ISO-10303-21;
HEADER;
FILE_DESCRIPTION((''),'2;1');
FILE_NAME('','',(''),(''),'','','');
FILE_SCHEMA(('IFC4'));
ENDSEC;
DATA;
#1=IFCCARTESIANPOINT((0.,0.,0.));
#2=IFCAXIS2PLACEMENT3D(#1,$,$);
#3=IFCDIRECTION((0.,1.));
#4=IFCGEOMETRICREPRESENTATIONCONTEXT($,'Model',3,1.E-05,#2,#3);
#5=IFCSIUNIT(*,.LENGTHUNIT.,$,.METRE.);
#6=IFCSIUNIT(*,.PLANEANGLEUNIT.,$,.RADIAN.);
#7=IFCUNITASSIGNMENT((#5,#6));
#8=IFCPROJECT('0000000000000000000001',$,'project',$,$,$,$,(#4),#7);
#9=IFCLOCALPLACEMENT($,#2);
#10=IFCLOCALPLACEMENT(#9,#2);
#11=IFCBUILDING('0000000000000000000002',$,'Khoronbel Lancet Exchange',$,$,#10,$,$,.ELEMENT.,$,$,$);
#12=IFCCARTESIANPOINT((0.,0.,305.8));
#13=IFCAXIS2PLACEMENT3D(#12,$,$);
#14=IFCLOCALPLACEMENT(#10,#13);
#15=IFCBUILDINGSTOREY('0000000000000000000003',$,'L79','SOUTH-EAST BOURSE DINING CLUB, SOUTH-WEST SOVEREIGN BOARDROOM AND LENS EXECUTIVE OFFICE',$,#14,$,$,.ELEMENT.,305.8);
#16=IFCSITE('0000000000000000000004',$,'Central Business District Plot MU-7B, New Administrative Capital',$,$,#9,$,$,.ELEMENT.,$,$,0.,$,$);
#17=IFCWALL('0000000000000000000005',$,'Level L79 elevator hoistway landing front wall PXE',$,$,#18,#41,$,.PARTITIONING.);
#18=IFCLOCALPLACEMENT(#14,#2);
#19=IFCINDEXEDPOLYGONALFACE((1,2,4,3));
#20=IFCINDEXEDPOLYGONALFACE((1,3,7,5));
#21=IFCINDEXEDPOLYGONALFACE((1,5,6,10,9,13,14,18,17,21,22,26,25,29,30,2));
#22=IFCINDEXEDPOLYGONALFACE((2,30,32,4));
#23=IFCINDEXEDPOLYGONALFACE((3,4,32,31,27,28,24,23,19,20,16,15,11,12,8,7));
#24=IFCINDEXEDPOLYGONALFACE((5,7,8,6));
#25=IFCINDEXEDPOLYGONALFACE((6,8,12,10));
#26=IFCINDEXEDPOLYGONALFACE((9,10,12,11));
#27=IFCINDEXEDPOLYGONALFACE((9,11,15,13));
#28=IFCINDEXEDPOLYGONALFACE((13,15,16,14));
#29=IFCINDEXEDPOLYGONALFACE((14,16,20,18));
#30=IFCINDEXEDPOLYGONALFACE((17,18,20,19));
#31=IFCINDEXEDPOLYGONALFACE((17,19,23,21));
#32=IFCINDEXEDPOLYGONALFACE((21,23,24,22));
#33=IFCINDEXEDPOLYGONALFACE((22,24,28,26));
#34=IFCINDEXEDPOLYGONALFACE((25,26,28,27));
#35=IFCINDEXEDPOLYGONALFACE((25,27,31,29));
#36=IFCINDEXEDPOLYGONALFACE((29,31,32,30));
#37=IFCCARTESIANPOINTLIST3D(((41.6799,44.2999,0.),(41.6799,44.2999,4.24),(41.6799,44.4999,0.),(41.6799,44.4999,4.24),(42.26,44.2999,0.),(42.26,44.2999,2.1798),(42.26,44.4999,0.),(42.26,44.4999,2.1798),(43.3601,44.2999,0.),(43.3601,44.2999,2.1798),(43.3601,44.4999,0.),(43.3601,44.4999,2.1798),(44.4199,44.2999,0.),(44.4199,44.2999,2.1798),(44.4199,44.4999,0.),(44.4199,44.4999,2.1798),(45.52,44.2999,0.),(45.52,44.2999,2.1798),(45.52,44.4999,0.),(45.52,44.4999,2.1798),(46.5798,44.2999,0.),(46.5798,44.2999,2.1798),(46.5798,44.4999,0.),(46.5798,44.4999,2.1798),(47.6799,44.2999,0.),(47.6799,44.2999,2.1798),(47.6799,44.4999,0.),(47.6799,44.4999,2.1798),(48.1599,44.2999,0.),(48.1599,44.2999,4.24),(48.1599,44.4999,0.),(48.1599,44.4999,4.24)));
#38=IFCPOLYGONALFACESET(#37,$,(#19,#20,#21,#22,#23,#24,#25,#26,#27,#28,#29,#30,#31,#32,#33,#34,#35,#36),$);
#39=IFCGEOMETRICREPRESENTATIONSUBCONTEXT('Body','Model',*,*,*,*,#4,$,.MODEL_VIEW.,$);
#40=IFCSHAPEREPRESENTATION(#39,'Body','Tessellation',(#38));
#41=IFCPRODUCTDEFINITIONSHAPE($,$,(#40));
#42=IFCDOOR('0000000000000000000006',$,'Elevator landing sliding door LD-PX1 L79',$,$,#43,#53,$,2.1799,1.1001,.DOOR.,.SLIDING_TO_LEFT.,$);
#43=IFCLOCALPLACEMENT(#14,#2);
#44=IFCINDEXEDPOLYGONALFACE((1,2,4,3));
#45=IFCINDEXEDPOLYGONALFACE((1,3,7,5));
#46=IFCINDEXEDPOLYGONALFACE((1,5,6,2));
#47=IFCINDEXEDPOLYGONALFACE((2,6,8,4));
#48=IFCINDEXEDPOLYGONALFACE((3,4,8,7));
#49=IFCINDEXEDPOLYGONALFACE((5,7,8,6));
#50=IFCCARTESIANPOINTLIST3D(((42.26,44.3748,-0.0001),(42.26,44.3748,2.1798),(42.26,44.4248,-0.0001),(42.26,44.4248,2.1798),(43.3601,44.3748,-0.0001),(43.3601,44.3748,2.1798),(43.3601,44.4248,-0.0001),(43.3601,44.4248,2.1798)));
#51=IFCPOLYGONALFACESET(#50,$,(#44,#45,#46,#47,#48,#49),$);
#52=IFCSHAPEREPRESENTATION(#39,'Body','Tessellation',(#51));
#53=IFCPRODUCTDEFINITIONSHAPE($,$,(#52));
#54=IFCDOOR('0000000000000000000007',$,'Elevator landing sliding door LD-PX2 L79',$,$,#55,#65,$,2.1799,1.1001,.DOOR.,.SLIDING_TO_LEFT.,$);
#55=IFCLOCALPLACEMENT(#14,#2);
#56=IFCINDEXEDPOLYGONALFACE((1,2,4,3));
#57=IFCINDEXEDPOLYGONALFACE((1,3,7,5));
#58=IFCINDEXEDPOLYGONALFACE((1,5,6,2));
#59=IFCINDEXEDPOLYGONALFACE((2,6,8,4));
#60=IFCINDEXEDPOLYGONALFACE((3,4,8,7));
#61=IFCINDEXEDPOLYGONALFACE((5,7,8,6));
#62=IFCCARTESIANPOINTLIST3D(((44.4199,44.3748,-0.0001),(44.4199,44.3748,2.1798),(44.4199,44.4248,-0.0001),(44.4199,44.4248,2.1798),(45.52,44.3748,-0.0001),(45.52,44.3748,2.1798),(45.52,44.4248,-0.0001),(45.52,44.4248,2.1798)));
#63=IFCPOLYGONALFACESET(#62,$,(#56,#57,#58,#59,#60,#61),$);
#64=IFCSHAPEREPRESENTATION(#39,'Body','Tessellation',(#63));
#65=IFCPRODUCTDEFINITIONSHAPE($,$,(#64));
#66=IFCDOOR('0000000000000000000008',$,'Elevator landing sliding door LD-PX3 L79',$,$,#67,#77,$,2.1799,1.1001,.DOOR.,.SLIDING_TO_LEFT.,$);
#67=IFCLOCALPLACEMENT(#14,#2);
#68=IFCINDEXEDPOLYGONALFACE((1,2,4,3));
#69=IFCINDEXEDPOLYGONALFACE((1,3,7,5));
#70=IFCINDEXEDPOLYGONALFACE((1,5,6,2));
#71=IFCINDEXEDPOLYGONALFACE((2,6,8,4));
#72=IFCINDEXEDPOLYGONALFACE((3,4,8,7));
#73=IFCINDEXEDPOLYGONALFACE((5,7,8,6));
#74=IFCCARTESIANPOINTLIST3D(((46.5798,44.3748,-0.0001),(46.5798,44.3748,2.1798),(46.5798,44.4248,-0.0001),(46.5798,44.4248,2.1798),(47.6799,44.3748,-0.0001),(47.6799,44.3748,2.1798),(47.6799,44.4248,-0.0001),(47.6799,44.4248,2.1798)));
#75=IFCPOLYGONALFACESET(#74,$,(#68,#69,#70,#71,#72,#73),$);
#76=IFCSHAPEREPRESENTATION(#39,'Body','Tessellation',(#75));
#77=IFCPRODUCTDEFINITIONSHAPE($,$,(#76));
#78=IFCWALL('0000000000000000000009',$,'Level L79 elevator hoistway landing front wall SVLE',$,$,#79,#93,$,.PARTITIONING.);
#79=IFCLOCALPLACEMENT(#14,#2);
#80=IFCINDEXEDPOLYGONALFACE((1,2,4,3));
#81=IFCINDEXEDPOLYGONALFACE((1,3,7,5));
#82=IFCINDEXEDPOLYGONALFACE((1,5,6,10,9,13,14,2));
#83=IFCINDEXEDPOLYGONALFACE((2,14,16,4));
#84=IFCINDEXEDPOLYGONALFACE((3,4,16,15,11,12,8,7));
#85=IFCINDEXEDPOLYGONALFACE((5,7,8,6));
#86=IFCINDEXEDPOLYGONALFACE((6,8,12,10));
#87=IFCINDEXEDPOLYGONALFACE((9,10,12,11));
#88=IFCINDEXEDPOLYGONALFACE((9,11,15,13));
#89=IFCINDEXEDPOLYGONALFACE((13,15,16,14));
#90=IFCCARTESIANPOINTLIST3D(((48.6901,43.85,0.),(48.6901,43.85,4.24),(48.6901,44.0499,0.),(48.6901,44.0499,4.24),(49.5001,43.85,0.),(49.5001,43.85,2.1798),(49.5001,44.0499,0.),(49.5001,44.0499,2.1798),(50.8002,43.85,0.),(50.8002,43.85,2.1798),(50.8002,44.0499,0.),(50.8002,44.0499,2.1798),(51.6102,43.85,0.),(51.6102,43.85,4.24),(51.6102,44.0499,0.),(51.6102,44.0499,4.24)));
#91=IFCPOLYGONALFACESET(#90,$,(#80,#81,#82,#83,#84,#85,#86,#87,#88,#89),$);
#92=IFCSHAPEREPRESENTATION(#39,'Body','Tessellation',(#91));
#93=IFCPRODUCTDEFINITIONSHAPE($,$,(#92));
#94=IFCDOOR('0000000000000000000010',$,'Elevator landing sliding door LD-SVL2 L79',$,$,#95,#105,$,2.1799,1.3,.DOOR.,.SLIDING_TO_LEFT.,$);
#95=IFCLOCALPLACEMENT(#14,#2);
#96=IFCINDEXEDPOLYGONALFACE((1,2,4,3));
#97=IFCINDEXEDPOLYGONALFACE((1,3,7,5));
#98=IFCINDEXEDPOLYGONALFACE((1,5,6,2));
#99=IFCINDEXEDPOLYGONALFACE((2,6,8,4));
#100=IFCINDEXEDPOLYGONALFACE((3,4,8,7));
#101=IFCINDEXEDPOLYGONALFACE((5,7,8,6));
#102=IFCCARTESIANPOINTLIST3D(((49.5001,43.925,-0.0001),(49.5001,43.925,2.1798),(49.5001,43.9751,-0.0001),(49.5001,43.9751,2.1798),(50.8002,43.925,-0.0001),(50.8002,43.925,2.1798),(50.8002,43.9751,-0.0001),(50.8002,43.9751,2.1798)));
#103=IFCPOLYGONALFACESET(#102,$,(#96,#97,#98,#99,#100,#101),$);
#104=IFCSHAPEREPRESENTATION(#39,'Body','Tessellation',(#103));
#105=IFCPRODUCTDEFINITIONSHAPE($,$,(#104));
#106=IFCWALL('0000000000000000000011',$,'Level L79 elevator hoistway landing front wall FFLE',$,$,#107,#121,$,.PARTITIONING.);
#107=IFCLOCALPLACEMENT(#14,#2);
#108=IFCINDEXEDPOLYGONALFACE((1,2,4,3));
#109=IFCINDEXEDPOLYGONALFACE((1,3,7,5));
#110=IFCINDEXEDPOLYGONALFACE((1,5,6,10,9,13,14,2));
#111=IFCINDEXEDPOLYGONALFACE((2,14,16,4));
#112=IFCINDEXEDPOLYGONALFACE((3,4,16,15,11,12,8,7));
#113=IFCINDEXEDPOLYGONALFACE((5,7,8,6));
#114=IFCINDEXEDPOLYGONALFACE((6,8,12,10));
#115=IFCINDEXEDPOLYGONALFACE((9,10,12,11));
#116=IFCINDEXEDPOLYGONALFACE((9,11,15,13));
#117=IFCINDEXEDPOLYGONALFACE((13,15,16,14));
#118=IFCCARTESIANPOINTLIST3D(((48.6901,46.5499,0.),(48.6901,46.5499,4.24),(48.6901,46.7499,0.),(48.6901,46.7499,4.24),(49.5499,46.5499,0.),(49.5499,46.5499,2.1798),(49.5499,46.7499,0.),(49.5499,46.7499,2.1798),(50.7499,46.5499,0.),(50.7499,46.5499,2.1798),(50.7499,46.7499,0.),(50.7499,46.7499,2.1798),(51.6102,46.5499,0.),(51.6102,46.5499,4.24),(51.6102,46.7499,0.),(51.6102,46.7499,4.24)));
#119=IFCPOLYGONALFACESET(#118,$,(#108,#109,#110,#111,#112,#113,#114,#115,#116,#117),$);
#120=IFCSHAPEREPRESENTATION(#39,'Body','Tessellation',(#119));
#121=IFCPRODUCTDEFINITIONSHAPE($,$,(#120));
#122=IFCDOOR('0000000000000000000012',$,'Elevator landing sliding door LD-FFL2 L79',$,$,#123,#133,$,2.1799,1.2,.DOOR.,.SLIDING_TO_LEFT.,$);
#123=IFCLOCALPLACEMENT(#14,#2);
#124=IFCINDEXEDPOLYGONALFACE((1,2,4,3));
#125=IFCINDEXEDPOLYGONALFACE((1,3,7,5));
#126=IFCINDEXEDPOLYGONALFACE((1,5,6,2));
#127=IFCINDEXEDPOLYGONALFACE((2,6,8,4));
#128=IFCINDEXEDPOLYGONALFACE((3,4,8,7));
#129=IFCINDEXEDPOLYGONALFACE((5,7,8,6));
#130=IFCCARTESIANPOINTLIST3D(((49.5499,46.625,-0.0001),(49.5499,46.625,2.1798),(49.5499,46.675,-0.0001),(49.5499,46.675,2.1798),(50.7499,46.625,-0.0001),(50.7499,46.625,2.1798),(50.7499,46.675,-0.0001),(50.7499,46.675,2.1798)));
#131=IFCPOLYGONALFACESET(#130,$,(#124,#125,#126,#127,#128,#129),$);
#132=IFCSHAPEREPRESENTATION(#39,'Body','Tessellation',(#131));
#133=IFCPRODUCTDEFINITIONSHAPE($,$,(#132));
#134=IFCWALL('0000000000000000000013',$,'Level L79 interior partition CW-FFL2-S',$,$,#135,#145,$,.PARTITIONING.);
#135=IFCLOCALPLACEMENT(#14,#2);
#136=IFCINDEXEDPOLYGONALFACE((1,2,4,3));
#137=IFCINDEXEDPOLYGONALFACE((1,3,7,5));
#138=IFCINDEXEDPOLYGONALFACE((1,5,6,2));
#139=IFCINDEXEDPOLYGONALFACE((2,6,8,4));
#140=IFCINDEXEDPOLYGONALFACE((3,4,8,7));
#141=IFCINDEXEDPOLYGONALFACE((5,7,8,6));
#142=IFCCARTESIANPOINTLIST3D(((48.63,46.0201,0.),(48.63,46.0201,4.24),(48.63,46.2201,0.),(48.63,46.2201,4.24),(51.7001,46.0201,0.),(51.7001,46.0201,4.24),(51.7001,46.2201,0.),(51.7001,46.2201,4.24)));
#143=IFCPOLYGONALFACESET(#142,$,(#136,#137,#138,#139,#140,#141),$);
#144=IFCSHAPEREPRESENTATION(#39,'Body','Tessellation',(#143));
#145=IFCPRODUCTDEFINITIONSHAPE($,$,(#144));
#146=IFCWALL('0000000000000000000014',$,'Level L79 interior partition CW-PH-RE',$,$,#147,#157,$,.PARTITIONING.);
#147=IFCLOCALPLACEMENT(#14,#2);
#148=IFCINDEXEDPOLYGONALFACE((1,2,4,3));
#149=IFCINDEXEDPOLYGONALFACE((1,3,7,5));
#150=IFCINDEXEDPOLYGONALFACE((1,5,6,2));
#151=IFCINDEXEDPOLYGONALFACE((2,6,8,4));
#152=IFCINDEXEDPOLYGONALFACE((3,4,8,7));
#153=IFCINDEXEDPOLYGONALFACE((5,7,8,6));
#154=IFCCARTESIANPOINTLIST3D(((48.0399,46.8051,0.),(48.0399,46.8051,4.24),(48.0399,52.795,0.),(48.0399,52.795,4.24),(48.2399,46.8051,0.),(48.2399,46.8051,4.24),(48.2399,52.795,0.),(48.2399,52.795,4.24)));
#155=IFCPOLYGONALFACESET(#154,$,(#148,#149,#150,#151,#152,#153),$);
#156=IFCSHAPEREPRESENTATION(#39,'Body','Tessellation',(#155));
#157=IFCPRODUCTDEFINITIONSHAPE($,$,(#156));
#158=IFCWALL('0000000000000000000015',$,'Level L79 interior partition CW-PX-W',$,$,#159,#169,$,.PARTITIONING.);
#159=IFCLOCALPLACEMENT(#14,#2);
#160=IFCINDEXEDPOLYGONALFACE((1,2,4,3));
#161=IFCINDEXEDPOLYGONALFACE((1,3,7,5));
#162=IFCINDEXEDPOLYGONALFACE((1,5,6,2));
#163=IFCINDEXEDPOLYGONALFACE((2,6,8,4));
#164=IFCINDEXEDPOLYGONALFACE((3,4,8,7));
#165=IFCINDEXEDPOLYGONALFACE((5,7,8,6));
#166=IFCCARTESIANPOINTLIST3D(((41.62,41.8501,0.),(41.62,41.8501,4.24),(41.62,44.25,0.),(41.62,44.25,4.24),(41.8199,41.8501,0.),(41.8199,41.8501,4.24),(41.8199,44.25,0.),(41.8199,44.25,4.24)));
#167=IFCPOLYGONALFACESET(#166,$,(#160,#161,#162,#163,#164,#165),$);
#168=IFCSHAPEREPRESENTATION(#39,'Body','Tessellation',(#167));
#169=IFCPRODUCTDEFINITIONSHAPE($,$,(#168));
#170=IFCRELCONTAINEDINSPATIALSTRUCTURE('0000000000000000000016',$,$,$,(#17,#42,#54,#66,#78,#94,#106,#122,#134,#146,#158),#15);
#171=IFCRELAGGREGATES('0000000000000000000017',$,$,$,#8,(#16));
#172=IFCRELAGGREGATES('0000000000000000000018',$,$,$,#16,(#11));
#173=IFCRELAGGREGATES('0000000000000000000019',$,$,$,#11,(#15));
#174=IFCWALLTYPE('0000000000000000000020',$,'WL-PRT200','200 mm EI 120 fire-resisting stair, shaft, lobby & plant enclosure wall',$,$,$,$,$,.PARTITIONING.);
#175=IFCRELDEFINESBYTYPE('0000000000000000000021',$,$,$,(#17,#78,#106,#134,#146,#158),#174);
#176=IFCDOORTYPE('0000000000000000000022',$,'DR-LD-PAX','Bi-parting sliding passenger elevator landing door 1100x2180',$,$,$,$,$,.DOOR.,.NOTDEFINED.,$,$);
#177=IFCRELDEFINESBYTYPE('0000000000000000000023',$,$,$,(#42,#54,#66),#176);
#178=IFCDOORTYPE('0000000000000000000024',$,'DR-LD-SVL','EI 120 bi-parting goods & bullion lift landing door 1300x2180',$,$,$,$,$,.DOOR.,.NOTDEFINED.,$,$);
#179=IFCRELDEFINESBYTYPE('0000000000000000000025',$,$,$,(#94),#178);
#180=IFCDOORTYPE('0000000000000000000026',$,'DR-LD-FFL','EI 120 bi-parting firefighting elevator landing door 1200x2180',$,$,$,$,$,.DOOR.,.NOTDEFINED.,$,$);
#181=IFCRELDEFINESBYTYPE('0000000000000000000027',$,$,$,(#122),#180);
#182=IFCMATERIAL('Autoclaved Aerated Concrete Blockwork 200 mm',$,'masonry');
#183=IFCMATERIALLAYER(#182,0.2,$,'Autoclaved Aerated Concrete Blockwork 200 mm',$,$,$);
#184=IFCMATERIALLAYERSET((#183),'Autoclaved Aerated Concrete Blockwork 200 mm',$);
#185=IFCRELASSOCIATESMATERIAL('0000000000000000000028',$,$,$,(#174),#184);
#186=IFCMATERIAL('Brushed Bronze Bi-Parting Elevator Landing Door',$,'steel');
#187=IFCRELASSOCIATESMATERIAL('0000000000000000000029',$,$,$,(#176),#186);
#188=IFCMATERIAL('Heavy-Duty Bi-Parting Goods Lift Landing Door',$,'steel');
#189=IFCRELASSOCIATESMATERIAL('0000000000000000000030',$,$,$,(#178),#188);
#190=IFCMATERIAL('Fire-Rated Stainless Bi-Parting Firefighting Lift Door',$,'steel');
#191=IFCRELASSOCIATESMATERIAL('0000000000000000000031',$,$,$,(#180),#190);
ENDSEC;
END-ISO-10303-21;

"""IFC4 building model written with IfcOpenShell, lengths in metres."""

from ifc_helpers import new_model, si_unit, direction, frame, frame_2d, origin, place, context, subcontext, project, spatial, rectangle, extrude, material, layer, layer_set, type_object, element, fill, save


model = new_model("IFC4")

# Units and contexts
model_context = context("Model", 3, precision=1e-05, world=origin(), true_north=direction((0.0, 1.0)))
body_context = subcontext(model_context, "Body", "Model", "MODEL_VIEW")
ifc_project = project(units=[si_unit("LENGTHUNIT", "METRE"), si_unit("PLANEANGLEUNIT", "RADIAN")], contexts=[model_context])

# Site, building, storey
site_placement = place(None, origin())
site = spatial("IfcSite", under=ifc_project, at=site_placement, Name="Central Business District Plot MU-7B, New Administrative Capital", CompositionType="ELEMENT", RefElevation=0.0)
building_placement = place(site_placement, origin())
building = spatial("IfcBuilding", under=site, at=building_placement, Name="Khoronbel Lancet Exchange", CompositionType="ELEMENT")
storey_placement = place(building_placement, frame((0.0, 0.0, 305.8)))
storey = spatial("IfcBuildingStorey", under=building, at=storey_placement, Name="L79", Description="SOUTH-EAST BOURSE DINING CLUB, SOUTH-WEST SOVEREIGN BOARDROOM AND LENS EXECUTIVE OFFICE", CompositionType="ELEMENT", Elevation=305.8)

# Wall, openings, doors
ifc_material_1 = material(Name="Autoclaved Aerated Concrete Blockwork 200 mm", Category="masonry")
ifc_layer_1 = layer(ifc_material_1, 0.2, Name="Autoclaved Aerated Concrete Blockwork 200 mm")
ifc_layer_set_1 = layer_set([ifc_layer_1], Name="Autoclaved Aerated Concrete Blockwork 200 mm")
wall_type_1 = type_object("IfcWallType", Name="WL-PRT200", Description="200 mm EI 120 fire-resisting stair, shaft, lobby & plant enclosure wall", PredefinedType="PARTITIONING", material=ifc_layer_set_1)
wall_1_placement = place(storey_placement, frame((41.6799, 44.3999, 0.0), z_axis=(0.0, 0.0, 1.0), x_axis=(1.0, 0.0, 0.0)))
wall_1 = element("IfcWall", 1, at=wall_1_placement, inside=storey, type_object=wall_type_1, Name="Level L79 elevator hoistway landing front wall PXE", PredefinedType="PARTITIONING", context=body_context, shape_type="SweptSolid", body=[
    extrude(rectangle(XDim=6.48, YDim=0.2, at=frame_2d((3.24, 0.0))), origin(), (0.0, 0.0, 1.0), 4.24),
])
opening_1_placement = place(wall_1_placement, frame((0.5801, 0.0, 0.0)))
opening_1 = element("IfcOpeningElement", 2, at=opening_1_placement, cuts=wall_1, PredefinedType="OPENING", context=body_context, shape_type="SweptSolid", body=[
    extrude(rectangle(XDim=1.1001, YDim=2.1799, at=frame_2d((0.55, 1.0898))), frame((0.0, 0.1099, 0.0), z_axis=(0.0, -1.0, 0.0), x_axis=(1.0, 0.0, 0.0)), (0.0, 0.0, 1.0), 0.22),
])
opening_2_placement = place(wall_1_placement, frame((2.74, 0.0, 0.0)))
opening_2 = element("IfcOpeningElement", 3, at=opening_2_placement, cuts=wall_1, PredefinedType="OPENING", context=body_context, shape_type="SweptSolid", body=[
    extrude(rectangle(XDim=1.1001, YDim=2.1799, at=frame_2d((0.55, 1.0898))), frame((0.0, 0.1099, 0.0), z_axis=(0.0, -1.0, 0.0), x_axis=(1.0, 0.0, 0.0)), (0.0, 0.0, 1.0), 0.22),
])
opening_3_placement = place(wall_1_placement, frame((4.8999, 0.0, 0.0)))
opening_3 = element("IfcOpeningElement", 4, at=opening_3_placement, cuts=wall_1, PredefinedType="OPENING", context=body_context, shape_type="SweptSolid", body=[
    extrude(rectangle(XDim=1.1001, YDim=2.1799, at=frame_2d((0.55, 1.0898))), frame((0.0, 0.1099, 0.0), z_axis=(0.0, -1.0, 0.0), x_axis=(1.0, 0.0, 0.0)), (0.0, 0.0, 1.0), 0.22),
])
ifc_material_2 = material(Name="Brushed Bronze Bi-Parting Elevator Landing Door", Category="steel")
door_type_1 = type_object("IfcDoorType", Name="DR-LD-PAX", Description="Bi-parting sliding passenger elevator landing door 1100x2180", OperationType="NOTDEFINED", PredefinedType="DOOR", material=ifc_material_2)
door_1_placement = place(opening_1_placement, origin())
door_1 = element("IfcDoor", 5, at=door_1_placement, inside=storey, type_object=door_type_1, Name="Elevator landing sliding door LD-PX1 L79", OperationType="SLIDING_TO_LEFT", OverallHeight=2.1799, OverallWidth=1.1001, PredefinedType="DOOR", context=body_context, shape_type="SweptSolid", body=[
    extrude(rectangle(XDim=1.1001, YDim=2.1799, at=frame_2d((0.55, 1.0898))), frame((0.0, 0.0249, 0.0), z_axis=(0.0, -1.0, 0.0), x_axis=(1.0, 0.0, 0.0)), (0.0, 0.0, 1.0), 0.05),
])
fill(opening_1, door_1)
door_2_placement = place(opening_2_placement, origin())
door_2 = element("IfcDoor", 6, at=door_2_placement, inside=storey, type_object=door_type_1, Name="Elevator landing sliding door LD-PX2 L79", OperationType="SLIDING_TO_LEFT", OverallHeight=2.1799, OverallWidth=1.1001, PredefinedType="DOOR", context=body_context, shape_type="SweptSolid", body=[
    extrude(rectangle(XDim=1.1001, YDim=2.1799, at=frame_2d((0.55, 1.0898))), frame((0.0, 0.0249, 0.0), z_axis=(0.0, -1.0, 0.0), x_axis=(1.0, 0.0, 0.0)), (0.0, 0.0, 1.0), 0.05),
])
fill(opening_2, door_2)
door_3_placement = place(opening_3_placement, origin())
door_3 = element("IfcDoor", 7, at=door_3_placement, inside=storey, type_object=door_type_1, Name="Elevator landing sliding door LD-PX3 L79", OperationType="SLIDING_TO_LEFT", OverallHeight=2.1799, OverallWidth=1.1001, PredefinedType="DOOR", context=body_context, shape_type="SweptSolid", body=[
    extrude(rectangle(XDim=1.1001, YDim=2.1799, at=frame_2d((0.55, 1.0898))), frame((0.0, 0.0249, 0.0), z_axis=(0.0, -1.0, 0.0), x_axis=(1.0, 0.0, 0.0)), (0.0, 0.0, 1.0), 0.05),
])
fill(opening_3, door_3)

# Walls, openings, doors
wall_2_placement = place(storey_placement, frame((51.6101, 43.95, 0.0), z_axis=(0.0, 0.0, 1.0), x_axis=(-1.0, 0.0, 0.0)))
wall_2 = element("IfcWall", 8, at=wall_2_placement, inside=storey, type_object=wall_type_1, Name="Level L79 elevator hoistway landing front wall SVLE", PredefinedType="PARTITIONING", context=body_context, shape_type="SweptSolid", body=[
    extrude(rectangle(XDim=2.9202, YDim=0.2, at=frame_2d((1.46, 0.0))), origin(), (0.0, 0.0, 1.0), 4.24),
])
opening_4_placement = place(wall_2_placement, frame((0.8101, 0.0, 0.0)))
opening_4 = element("IfcOpeningElement", 9, at=opening_4_placement, cuts=wall_2, PredefinedType="OPENING", context=body_context, shape_type="SweptSolid", body=[
    extrude(rectangle(XDim=1.3, YDim=2.1799, at=frame_2d((0.6499, 1.0898))), frame((0.0, 0.1099, 0.0), z_axis=(0.0, -1.0, 0.0), x_axis=(1.0, 0.0, 0.0)), (0.0, 0.0, 1.0), 0.22),
])
ifc_material_3 = material(Name="Heavy-Duty Bi-Parting Goods Lift Landing Door", Category="steel")
door_type_2 = type_object("IfcDoorType", Name="DR-LD-SVL", Description="EI 120 bi-parting goods & bullion lift landing door 1300x2180", OperationType="NOTDEFINED", PredefinedType="DOOR", material=ifc_material_3)
door_4_placement = place(opening_4_placement, origin())
door_4 = element("IfcDoor", 10, at=door_4_placement, inside=storey, type_object=door_type_2, Name="Elevator landing sliding door LD-SVL2 L79", OperationType="SLIDING_TO_LEFT", OverallHeight=2.1799, OverallWidth=1.3, PredefinedType="DOOR", context=body_context, shape_type="SweptSolid", body=[
    extrude(rectangle(XDim=1.3, YDim=2.1799, at=frame_2d((0.6499, 1.0898))), frame((0.0, 0.0249, 0.0), z_axis=(0.0, -1.0, 0.0), x_axis=(1.0, 0.0, 0.0)), (0.0, 0.0, 1.0), 0.05),
])
fill(opening_4, door_4)
wall_3_placement = place(storey_placement, frame((51.6101, 46.6499, 0.0), z_axis=(0.0, 0.0, 1.0), x_axis=(-1.0, 0.0, 0.0)))
wall_3 = element("IfcWall", 11, at=wall_3_placement, inside=storey, type_object=wall_type_1, Name="Level L79 elevator hoistway landing front wall FFLE", PredefinedType="PARTITIONING", context=body_context, shape_type="SweptSolid", body=[
    extrude(rectangle(XDim=2.9202, YDim=0.2, at=frame_2d((1.46, 0.0))), origin(), (0.0, 0.0, 1.0), 4.24),
])
opening_5_placement = place(wall_3_placement, frame((0.8601, 0.0, 0.0)))
opening_5 = element("IfcOpeningElement", 12, at=opening_5_placement, cuts=wall_3, PredefinedType="OPENING", context=body_context, shape_type="SweptSolid", body=[
    extrude(rectangle(XDim=1.2, YDim=2.1799, at=frame_2d((0.6001, 1.0898))), frame((0.0, 0.1099, 0.0), z_axis=(0.0, -1.0, 0.0), x_axis=(1.0, 0.0, 0.0)), (0.0, 0.0, 1.0), 0.22),
])
ifc_material_4 = material(Name="Fire-Rated Stainless Bi-Parting Firefighting Lift Door", Category="steel")
door_type_3 = type_object("IfcDoorType", Name="DR-LD-FFL", Description="EI 120 bi-parting firefighting elevator landing door 1200x2180", OperationType="NOTDEFINED", PredefinedType="DOOR", material=ifc_material_4)
door_5_placement = place(opening_5_placement, origin())
door_5 = element("IfcDoor", 13, at=door_5_placement, inside=storey, type_object=door_type_3, Name="Elevator landing sliding door LD-FFL2 L79", OperationType="SLIDING_TO_LEFT", OverallHeight=2.1799, OverallWidth=1.2, PredefinedType="DOOR", context=body_context, shape_type="SweptSolid", body=[
    extrude(rectangle(XDim=1.2, YDim=2.1799, at=frame_2d((0.6001, 1.0898))), frame((0.0, 0.0249, 0.0), z_axis=(0.0, -1.0, 0.0), x_axis=(1.0, 0.0, 0.0)), (0.0, 0.0, 1.0), 0.05),
])
fill(opening_5, door_5)

# Walls
wall_4_placement = place(storey_placement, frame((48.6299, 46.1201, 0.0), z_axis=(0.0, 0.0, 1.0), x_axis=(1.0, 0.0, 0.0)))
element("IfcWall", 14, at=wall_4_placement, inside=storey, type_object=wall_type_1, Name="Level L79 interior partition CW-FFL2-S", PredefinedType="PARTITIONING", context=body_context, shape_type="SweptSolid", body=[
    extrude(rectangle(XDim=3.0701, YDim=0.2, at=frame_2d((1.5352, 0.0))), origin(), (0.0, 0.0, 1.0), 4.24),
])
wall_5_placement = place(storey_placement, frame((48.1399, 46.8049, 0.0), z_axis=(0.0, 0.0, 1.0), x_axis=(0.0, 1.0, 0.0)))
element("IfcWall", 15, at=wall_5_placement, inside=storey, type_object=wall_type_1, Name="Level L79 interior partition CW-PH-RE", PredefinedType="PARTITIONING", context=body_context, shape_type="SweptSolid", body=[
    extrude(rectangle(XDim=5.99, YDim=0.2, at=frame_2d((2.9951, 0.0))), origin(), (0.0, 0.0, 1.0), 4.24),
])
for number, where, z_axis, x_axis, name in (
    (16, (41.72, 41.8501, 0.0), (0.0, 0.0, 1.0), (0.0, 1.0, 0.0), "Level L79 interior partition CW-PX-W"),
):
    element("IfcWall", number, at=place(storey_placement, frame(where, z_axis=z_axis, x_axis=x_axis)), inside=storey, type_object=wall_type_1, Name=name, PredefinedType="PARTITIONING", context=body_context, shape_type="SweptSolid", body=[
        extrude(rectangle(XDim=2.3999, YDim=0.2, at=frame_2d((1.2, 0.0))), origin(), (0.0, 0.0, 1.0), 4.24),
    ])

save(model, "model.ifc")
